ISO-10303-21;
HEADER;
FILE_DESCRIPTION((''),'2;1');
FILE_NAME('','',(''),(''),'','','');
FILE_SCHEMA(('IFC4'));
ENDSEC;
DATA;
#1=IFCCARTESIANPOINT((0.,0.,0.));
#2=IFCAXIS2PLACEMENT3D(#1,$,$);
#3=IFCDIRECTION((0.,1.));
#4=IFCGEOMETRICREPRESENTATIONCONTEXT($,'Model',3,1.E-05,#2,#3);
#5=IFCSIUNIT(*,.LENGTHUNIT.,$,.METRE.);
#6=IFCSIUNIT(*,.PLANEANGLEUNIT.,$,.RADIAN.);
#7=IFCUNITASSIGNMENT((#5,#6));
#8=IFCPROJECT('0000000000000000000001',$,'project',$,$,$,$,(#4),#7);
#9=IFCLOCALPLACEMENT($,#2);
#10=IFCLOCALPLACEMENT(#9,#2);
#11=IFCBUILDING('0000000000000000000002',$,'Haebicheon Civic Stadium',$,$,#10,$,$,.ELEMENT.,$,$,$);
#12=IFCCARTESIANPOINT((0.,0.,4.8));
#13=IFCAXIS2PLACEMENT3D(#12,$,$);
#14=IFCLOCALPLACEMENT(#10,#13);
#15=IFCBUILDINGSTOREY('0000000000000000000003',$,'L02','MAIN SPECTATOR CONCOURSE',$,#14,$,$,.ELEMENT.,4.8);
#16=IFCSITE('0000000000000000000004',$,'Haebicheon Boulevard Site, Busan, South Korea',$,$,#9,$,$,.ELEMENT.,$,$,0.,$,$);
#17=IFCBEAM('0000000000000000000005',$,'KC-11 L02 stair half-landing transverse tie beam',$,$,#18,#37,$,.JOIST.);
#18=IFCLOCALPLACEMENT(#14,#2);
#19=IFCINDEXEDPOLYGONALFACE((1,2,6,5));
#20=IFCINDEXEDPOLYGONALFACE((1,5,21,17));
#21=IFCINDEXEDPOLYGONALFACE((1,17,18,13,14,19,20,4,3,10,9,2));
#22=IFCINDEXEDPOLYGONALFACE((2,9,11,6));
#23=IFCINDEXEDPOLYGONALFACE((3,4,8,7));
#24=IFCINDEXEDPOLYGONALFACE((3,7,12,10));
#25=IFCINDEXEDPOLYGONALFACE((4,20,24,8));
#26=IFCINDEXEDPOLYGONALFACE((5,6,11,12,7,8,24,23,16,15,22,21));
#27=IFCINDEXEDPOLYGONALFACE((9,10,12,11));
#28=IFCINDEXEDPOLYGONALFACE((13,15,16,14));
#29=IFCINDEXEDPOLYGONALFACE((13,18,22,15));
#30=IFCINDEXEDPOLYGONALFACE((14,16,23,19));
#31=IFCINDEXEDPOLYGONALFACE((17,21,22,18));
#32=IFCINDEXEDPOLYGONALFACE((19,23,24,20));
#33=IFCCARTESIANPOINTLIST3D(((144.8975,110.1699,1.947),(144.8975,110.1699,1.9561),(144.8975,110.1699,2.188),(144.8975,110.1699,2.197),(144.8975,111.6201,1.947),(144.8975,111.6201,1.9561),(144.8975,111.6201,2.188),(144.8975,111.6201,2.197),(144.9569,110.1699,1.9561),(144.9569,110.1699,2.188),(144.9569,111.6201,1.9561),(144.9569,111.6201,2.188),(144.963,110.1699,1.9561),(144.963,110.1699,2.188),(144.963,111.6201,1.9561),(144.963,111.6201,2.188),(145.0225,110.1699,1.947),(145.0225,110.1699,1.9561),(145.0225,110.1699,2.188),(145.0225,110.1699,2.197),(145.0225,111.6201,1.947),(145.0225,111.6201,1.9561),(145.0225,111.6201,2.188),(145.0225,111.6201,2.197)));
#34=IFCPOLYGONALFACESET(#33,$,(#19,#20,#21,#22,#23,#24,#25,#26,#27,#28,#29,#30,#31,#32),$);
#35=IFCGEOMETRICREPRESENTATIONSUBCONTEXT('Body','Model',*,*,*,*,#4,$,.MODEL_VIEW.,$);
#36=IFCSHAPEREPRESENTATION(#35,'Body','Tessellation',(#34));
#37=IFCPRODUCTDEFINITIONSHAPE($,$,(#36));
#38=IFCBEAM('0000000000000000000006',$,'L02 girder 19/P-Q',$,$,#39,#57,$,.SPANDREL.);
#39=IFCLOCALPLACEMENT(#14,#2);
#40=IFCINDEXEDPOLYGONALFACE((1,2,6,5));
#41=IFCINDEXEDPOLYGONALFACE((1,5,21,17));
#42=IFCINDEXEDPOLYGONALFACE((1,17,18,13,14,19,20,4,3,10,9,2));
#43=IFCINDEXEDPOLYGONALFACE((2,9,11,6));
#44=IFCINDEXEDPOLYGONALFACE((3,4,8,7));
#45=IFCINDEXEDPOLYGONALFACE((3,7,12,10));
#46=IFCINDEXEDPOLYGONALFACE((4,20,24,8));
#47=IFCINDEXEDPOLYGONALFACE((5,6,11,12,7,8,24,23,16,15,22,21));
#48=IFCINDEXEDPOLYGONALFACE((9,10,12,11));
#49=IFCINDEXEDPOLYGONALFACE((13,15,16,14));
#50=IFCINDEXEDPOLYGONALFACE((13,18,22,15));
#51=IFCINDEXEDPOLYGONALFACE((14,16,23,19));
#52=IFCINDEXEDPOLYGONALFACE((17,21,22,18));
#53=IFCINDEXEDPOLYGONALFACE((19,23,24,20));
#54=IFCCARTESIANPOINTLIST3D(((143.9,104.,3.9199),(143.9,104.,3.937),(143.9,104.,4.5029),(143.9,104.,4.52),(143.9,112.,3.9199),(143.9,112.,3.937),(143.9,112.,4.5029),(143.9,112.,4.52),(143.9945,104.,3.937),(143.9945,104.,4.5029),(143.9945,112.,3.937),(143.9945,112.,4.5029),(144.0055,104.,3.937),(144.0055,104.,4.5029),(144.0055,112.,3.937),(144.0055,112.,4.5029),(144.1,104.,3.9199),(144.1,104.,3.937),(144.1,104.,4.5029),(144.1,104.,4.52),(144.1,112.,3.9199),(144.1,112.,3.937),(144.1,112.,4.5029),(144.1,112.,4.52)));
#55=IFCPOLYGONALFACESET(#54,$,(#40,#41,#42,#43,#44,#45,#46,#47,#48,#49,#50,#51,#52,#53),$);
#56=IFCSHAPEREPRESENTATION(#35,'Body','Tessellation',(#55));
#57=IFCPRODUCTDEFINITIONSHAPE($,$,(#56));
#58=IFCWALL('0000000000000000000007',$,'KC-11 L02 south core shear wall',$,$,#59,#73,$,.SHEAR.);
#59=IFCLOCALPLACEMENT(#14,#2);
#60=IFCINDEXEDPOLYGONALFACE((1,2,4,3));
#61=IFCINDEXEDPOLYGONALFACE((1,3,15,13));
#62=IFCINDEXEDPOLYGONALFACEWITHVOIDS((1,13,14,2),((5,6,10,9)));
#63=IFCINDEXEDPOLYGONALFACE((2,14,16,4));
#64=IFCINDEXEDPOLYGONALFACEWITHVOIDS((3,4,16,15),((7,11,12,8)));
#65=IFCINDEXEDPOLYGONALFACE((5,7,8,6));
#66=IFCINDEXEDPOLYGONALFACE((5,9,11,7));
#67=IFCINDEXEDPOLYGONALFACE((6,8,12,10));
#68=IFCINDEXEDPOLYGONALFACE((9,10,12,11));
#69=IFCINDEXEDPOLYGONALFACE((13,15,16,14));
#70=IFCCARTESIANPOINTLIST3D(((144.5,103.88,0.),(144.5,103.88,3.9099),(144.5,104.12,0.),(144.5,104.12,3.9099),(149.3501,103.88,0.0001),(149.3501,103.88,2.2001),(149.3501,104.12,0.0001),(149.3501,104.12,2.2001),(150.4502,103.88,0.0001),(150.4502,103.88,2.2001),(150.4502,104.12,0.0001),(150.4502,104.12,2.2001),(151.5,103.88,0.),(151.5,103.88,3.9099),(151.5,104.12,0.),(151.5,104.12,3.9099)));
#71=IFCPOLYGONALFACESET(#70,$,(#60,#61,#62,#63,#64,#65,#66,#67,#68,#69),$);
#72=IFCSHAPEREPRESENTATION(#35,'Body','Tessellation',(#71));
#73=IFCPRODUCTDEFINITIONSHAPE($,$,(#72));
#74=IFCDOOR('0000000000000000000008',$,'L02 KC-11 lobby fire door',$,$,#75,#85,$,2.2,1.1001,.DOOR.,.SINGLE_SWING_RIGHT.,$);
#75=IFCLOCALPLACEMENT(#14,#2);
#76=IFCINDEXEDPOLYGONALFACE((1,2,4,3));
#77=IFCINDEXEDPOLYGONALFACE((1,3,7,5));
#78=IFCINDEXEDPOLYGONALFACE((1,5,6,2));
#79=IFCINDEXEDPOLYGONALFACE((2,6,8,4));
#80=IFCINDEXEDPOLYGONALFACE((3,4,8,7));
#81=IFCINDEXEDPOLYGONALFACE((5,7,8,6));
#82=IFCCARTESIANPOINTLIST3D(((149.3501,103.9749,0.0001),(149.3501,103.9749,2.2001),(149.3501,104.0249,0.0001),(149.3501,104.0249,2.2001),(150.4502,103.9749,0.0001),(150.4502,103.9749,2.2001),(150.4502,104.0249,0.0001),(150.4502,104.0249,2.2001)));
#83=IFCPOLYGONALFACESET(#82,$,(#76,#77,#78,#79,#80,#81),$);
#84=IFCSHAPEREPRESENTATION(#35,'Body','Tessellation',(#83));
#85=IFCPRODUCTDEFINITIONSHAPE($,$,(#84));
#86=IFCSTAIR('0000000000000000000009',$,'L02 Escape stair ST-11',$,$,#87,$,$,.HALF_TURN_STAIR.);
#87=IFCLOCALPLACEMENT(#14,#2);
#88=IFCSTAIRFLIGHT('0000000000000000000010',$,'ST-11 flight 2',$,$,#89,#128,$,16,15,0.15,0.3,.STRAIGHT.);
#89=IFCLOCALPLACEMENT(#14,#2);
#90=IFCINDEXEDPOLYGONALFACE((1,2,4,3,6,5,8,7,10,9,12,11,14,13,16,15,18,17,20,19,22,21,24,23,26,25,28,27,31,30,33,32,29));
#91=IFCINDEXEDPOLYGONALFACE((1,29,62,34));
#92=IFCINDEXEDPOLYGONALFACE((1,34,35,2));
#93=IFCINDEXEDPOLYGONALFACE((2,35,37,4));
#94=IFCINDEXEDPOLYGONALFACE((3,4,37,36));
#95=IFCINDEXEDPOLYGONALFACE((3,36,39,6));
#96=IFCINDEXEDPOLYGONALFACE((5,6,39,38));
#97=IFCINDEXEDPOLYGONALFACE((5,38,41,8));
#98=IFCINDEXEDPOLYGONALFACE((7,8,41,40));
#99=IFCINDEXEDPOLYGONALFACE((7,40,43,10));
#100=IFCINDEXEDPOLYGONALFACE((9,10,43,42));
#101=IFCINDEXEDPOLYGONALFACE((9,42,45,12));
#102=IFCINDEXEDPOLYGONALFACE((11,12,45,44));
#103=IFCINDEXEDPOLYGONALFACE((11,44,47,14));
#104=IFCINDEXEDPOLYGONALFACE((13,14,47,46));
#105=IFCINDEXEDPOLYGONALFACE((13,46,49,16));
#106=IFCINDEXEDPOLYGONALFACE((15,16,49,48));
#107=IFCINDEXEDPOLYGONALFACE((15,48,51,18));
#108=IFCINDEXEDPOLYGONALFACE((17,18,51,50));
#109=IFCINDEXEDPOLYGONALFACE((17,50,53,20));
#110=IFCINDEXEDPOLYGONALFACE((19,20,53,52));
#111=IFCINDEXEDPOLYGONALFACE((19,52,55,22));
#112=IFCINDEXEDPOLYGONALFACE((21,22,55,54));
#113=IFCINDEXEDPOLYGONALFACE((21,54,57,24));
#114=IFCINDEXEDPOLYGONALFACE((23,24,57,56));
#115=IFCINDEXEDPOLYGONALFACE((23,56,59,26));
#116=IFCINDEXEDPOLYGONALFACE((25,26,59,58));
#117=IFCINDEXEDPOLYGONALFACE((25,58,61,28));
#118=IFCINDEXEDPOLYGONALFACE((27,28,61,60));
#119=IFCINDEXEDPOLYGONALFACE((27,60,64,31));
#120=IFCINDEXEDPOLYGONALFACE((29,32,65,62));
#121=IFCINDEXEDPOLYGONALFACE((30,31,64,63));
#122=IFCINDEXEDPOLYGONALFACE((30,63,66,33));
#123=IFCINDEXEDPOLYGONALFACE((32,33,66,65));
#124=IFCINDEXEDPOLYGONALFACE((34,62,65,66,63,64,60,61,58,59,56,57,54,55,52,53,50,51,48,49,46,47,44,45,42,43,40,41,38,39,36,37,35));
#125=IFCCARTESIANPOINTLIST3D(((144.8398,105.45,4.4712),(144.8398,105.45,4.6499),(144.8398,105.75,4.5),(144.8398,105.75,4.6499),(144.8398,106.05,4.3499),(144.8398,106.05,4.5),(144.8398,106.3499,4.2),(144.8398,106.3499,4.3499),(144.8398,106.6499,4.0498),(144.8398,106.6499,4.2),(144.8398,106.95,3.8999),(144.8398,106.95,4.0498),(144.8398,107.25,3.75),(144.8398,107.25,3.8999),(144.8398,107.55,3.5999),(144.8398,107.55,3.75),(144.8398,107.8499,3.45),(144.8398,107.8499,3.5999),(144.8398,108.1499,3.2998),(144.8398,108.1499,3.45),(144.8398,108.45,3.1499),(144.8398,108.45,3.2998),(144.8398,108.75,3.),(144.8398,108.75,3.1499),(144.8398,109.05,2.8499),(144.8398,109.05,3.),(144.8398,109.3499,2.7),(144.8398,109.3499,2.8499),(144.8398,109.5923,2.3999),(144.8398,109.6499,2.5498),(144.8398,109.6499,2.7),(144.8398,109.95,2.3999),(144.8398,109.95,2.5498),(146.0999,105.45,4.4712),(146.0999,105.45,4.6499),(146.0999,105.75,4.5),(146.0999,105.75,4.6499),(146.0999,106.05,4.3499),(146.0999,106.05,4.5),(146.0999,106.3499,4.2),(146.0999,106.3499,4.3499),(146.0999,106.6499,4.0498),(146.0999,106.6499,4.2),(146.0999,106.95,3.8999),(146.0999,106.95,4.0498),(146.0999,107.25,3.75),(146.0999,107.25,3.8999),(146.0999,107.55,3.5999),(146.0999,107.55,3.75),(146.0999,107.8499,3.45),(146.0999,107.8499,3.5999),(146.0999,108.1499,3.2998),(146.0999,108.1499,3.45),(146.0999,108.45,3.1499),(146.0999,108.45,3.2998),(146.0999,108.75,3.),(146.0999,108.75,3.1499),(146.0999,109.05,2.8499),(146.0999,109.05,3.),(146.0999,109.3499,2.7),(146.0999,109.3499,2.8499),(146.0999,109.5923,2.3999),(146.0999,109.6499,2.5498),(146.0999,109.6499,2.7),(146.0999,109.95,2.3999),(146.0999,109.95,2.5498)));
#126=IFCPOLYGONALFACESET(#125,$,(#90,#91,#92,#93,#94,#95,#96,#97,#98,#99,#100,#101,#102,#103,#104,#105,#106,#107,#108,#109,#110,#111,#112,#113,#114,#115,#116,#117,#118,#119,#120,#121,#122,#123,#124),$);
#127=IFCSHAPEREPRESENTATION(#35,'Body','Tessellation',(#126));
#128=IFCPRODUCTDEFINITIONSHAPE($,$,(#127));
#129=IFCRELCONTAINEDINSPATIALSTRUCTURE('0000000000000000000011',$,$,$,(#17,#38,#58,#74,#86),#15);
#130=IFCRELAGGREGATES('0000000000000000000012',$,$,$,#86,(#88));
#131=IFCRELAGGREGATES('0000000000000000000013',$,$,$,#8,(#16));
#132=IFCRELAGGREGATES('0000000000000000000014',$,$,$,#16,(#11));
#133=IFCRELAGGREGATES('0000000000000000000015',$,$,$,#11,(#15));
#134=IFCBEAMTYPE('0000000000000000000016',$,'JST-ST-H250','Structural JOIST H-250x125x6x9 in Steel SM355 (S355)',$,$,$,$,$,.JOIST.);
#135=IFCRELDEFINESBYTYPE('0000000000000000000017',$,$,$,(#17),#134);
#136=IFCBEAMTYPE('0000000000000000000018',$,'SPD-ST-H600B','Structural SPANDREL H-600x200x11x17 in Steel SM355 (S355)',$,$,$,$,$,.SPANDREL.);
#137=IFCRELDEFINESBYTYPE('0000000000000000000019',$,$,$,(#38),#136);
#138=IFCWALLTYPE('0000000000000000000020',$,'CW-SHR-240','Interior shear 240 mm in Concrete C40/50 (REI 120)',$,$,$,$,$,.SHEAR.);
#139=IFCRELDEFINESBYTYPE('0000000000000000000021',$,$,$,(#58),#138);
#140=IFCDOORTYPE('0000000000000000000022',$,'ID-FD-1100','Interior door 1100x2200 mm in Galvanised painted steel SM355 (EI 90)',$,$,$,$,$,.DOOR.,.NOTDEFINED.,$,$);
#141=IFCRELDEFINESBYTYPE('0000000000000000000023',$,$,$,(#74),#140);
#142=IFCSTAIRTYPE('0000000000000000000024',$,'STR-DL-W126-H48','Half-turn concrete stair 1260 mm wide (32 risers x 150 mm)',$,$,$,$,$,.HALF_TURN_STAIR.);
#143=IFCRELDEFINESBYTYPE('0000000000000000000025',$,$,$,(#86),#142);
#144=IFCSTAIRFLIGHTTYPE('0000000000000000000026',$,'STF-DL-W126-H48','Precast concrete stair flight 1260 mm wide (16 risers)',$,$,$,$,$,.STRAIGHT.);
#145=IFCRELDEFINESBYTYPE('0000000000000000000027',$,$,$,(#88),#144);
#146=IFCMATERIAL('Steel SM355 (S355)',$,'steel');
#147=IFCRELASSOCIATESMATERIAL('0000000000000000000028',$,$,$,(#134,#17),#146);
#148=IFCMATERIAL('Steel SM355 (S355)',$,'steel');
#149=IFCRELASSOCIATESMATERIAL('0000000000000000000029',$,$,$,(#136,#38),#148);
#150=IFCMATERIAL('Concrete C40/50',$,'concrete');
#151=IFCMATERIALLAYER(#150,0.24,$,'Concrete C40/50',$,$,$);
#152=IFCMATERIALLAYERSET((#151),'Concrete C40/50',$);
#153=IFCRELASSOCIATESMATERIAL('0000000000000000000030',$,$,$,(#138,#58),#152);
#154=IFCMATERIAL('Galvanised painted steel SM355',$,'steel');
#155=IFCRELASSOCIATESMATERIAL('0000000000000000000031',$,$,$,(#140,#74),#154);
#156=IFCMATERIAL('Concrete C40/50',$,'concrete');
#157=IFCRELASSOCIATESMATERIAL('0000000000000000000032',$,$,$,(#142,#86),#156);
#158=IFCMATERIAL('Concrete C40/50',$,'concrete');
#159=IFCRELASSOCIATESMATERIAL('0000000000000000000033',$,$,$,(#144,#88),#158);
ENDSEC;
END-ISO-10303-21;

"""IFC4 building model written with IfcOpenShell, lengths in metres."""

from ifc_helpers import new_model, si_unit, direction, frame, frame_2d, origin, origin_2d, place, context, subcontext, project, spatial, polyline, rectangle, i_section, outline, extrude, material, layer, layer_set, material_profile, profile_set, type_object, element, fill, aggregate, save


model = new_model("IFC4")

# Units and contexts
model_context = context("Model", 3, precision=1e-05, world=origin(), true_north=direction((0.0, 1.0)))
body_context = subcontext(model_context, "Body", "Model", "MODEL_VIEW")
ifc_project = project(units=[si_unit("LENGTHUNIT", "METRE"), si_unit("PLANEANGLEUNIT", "RADIAN")], contexts=[model_context])

# Site, building, storey
site_placement = place(None, origin())
site = spatial("IfcSite", under=ifc_project, at=site_placement, Name="Haebicheon Boulevard Site, Busan, South Korea", CompositionType="ELEMENT", RefElevation=0.0)
building_placement = place(site_placement, origin())
building = spatial("IfcBuilding", under=site, at=building_placement, Name="Haebicheon Civic Stadium", CompositionType="ELEMENT")
storey_placement = place(building_placement, frame((0.0, 0.0, 4.8)))
storey = spatial("IfcBuildingStorey", under=building, at=storey_placement, Name="L02", Description="MAIN SPECTATOR CONCOURSE", CompositionType="ELEMENT", Elevation=4.8)

# Beams
ifc_material_1 = material(Name="Steel SM355 (S355)", Category="steel")
ifc_material_profile_1 = material_profile(ifc_material_1, i_section(OverallWidth=0.125, OverallDepth=0.25, WebThickness=0.0061, FlangeThickness=0.009, at=origin_2d()), Name="H-250x125x6x9")
ifc_profile_set_1 = profile_set([ifc_material_profile_1], Name="Steel SM355 (S355)")
beam_type_1 = type_object("IfcBeamType", Name="JST-ST-H250", Description="Structural JOIST H-250x125x6x9 in Steel SM355 (S355)", PredefinedType="JOIST", material=ifc_profile_set_1)
beam_1_placement = place(storey_placement, frame((144.96, 110.1699, 2.072), z_axis=(0.0, 1.0, 0.0), x_axis=(-1.0, 0.0, 0.0)))
element("IfcBeam", 1, at=beam_1_placement, inside=storey, type_object=beam_type_1, material=ifc_profile_set_1, Name="KC-11 L02 stair half-landing transverse tie beam", PredefinedType="JOIST", context=body_context, shape_type="SweptSolid", body=[
    extrude(i_section(OverallWidth=0.125, OverallDepth=0.25, WebThickness=0.0061, FlangeThickness=0.009, at=origin_2d()), origin(), (0.0, 0.0, 1.0), 1.4502),
])
ifc_material_2 = material(Name="Steel SM355 (S355)", Category="steel")
ifc_material_profile_2 = material_profile(ifc_material_2, i_section(OverallWidth=0.2, OverallDepth=0.6001, WebThickness=0.011, FlangeThickness=0.0171, at=origin_2d()), Name="H-600x200x11x17")
ifc_profile_set_2 = profile_set([ifc_material_profile_2], Name="Steel SM355 (S355)")
beam_type_2 = type_object("IfcBeamType", Name="SPD-ST-H600B", Description="Structural SPANDREL H-600x200x11x17 in Steel SM355 (S355)", PredefinedType="SPANDREL", material=ifc_profile_set_2)
beam_2_placement = place(storey_placement, frame((144.0, 104.0, 4.22), z_axis=(0.0, 1.0, 0.0), x_axis=(-1.0, 0.0, 0.0)))
element("IfcBeam", 2, at=beam_2_placement, inside=storey, type_object=beam_type_2, material=ifc_profile_set_2, Name="L02 girder 19/P-Q", PredefinedType="SPANDREL", context=body_context, shape_type="SweptSolid", body=[
    extrude(i_section(OverallWidth=0.2, OverallDepth=0.6001, WebThickness=0.011, FlangeThickness=0.0171, at=origin_2d()), origin(), (0.0, 0.0, 1.0), 8.0),
])

# Wall, opening, door
ifc_material_3 = material(Name="Concrete C40/50", Category="concrete")
ifc_layer = layer(ifc_material_3, 0.24, Name="Concrete C40/50")
ifc_layer_set = layer_set([ifc_layer], Name="Concrete C40/50")
wall_type = type_object("IfcWallType", Name="CW-SHR-240", Description="Interior shear 240 mm in Concrete C40/50 (REI 120)", PredefinedType="SHEAR", material=ifc_layer_set)
wall_placement = place(storey_placement, frame((144.5, 104.0, 0.0), z_axis=(0.0, 0.0, 1.0), x_axis=(1.0, 0.0, 0.0)))
wall = element("IfcWall", 3, at=wall_placement, inside=storey, type_object=wall_type, material=ifc_layer_set, Name="KC-11 L02 south core shear wall", PredefinedType="SHEAR", context=body_context, shape_type="SweptSolid", body=[
    extrude(rectangle(XDim=7.0, YDim=0.24, at=frame_2d((3.5, 0.0))), origin(), (0.0, 0.0, 1.0), 3.9099),
])
opening_placement = place(wall_placement, frame((4.8501, 0.0, 0.0)))
opening = element("IfcOpeningElement", 4, at=opening_placement, cuts=wall, PredefinedType="OPENING", context=body_context, shape_type="SweptSolid", body=[
    extrude(rectangle(XDim=1.1001, YDim=2.2, at=frame_2d((0.55, 1.1001))), frame((0.0, 0.1299, 0.0), z_axis=(0.0, -1.0, 0.0), x_axis=(1.0, 0.0, 0.0)), (0.0, 0.0, 1.0), 0.26),
])
ifc_material_4 = material(Name="Galvanised painted steel SM355", Category="steel")
door_type = type_object("IfcDoorType", Name="ID-FD-1100", Description="Interior door 1100x2200 mm in Galvanised painted steel SM355 (EI 90)", OperationType="NOTDEFINED", PredefinedType="DOOR", material=ifc_material_4)
door_placement = place(opening_placement, origin())
door = element("IfcDoor", 5, at=door_placement, inside=storey, type_object=door_type, material=ifc_material_4, Name="L02 KC-11 lobby fire door", OperationType="SINGLE_SWING_RIGHT", OverallHeight=2.2, OverallWidth=1.1001, PredefinedType="DOOR", context=body_context, shape_type="SweptSolid", body=[
    extrude(rectangle(XDim=1.1001, YDim=2.2, at=frame_2d((0.55, 1.1001))), frame((0.0, 0.0249, 0.0), z_axis=(0.0, -1.0, 0.0), x_axis=(1.0, 0.0, 0.0)), (0.0, 0.0, 1.0), 0.05),
])
fill(opening, door)

# Stair, stair flight
ifc_material_5 = material(Name="Concrete C40/50", Category="concrete")
stair_type = type_object("IfcStairType", Name="STR-DL-W126-H48", Description="Half-turn concrete stair 1260 mm wide (32 risers x 150 mm)", PredefinedType="HALF_TURN_STAIR", material=ifc_material_5)
stair_placement = place(storey_placement, origin())
stair = element("IfcStair", 6, at=stair_placement, inside=storey, type_object=stair_type, material=ifc_material_5, Name="L02 Escape stair ST-11", PredefinedType="HALF_TURN_STAIR")
ifc_material_6 = material(Name="Concrete C40/50", Category="concrete")
stair_flight_type = type_object("IfcStairFlightType", Name="STF-DL-W126-H48", Description="Precast concrete stair flight 1260 mm wide (16 risers)", PredefinedType="STRAIGHT", material=ifc_material_6)
stair_flight_placement = place(storey_placement, frame((145.47, 109.95, 2.3999), z_axis=(0.0, 0.0, 1.0), x_axis=(0.0, -1.0, 0.0)))
stair_flight = element("IfcStairFlight", 7, at=stair_flight_placement, type_object=stair_flight_type, material=ifc_material_6, Name="ST-11 flight 2", NumberOfRisers=16, NumberOfTreads=15, PredefinedType="STRAIGHT", RiserHeight=0.15, TreadLength=0.3, context=body_context, shape_type="SweptSolid", body=[
    extrude(outline(polyline([(0.0, 0.0), (0.0, 0.1499), (0.3, 0.1499), (0.3, 0.3), (0.6001, 0.3), (0.6001, 0.45), (0.8999, 0.45), (0.8999, 0.6001), (1.2, 0.6001), (1.2, 0.75), (1.5, 0.75), (1.5, 0.8999), (1.8, 0.8999), (1.8, 1.05), (2.1001, 1.05), (2.1001, 1.2), (2.3999, 1.2), (2.3999, 1.3501), (2.7, 1.3501), (2.7, 1.5), (3.0, 1.5), (3.0, 1.6499), (3.3, 1.6499), (3.3, 1.8), (3.6001, 1.8), (3.6001, 1.95), (3.8999, 1.95), (3.8999, 2.1001), (4.2, 2.1001), (4.2, 2.25), (4.5, 2.25), (4.5, 2.3999), (4.5, 2.0713), (0.3577, 0.0), (0.0, 0.0)])), frame((0.0, 0.6299, 0.0), z_axis=(0.0, -1.0, 0.0), x_axis=(1.0, 0.0, 0.0)), (0.0, 0.0, 1.0), 1.26),
])
aggregate(stair, [stair_flight])

save(model, "model.ifc")
